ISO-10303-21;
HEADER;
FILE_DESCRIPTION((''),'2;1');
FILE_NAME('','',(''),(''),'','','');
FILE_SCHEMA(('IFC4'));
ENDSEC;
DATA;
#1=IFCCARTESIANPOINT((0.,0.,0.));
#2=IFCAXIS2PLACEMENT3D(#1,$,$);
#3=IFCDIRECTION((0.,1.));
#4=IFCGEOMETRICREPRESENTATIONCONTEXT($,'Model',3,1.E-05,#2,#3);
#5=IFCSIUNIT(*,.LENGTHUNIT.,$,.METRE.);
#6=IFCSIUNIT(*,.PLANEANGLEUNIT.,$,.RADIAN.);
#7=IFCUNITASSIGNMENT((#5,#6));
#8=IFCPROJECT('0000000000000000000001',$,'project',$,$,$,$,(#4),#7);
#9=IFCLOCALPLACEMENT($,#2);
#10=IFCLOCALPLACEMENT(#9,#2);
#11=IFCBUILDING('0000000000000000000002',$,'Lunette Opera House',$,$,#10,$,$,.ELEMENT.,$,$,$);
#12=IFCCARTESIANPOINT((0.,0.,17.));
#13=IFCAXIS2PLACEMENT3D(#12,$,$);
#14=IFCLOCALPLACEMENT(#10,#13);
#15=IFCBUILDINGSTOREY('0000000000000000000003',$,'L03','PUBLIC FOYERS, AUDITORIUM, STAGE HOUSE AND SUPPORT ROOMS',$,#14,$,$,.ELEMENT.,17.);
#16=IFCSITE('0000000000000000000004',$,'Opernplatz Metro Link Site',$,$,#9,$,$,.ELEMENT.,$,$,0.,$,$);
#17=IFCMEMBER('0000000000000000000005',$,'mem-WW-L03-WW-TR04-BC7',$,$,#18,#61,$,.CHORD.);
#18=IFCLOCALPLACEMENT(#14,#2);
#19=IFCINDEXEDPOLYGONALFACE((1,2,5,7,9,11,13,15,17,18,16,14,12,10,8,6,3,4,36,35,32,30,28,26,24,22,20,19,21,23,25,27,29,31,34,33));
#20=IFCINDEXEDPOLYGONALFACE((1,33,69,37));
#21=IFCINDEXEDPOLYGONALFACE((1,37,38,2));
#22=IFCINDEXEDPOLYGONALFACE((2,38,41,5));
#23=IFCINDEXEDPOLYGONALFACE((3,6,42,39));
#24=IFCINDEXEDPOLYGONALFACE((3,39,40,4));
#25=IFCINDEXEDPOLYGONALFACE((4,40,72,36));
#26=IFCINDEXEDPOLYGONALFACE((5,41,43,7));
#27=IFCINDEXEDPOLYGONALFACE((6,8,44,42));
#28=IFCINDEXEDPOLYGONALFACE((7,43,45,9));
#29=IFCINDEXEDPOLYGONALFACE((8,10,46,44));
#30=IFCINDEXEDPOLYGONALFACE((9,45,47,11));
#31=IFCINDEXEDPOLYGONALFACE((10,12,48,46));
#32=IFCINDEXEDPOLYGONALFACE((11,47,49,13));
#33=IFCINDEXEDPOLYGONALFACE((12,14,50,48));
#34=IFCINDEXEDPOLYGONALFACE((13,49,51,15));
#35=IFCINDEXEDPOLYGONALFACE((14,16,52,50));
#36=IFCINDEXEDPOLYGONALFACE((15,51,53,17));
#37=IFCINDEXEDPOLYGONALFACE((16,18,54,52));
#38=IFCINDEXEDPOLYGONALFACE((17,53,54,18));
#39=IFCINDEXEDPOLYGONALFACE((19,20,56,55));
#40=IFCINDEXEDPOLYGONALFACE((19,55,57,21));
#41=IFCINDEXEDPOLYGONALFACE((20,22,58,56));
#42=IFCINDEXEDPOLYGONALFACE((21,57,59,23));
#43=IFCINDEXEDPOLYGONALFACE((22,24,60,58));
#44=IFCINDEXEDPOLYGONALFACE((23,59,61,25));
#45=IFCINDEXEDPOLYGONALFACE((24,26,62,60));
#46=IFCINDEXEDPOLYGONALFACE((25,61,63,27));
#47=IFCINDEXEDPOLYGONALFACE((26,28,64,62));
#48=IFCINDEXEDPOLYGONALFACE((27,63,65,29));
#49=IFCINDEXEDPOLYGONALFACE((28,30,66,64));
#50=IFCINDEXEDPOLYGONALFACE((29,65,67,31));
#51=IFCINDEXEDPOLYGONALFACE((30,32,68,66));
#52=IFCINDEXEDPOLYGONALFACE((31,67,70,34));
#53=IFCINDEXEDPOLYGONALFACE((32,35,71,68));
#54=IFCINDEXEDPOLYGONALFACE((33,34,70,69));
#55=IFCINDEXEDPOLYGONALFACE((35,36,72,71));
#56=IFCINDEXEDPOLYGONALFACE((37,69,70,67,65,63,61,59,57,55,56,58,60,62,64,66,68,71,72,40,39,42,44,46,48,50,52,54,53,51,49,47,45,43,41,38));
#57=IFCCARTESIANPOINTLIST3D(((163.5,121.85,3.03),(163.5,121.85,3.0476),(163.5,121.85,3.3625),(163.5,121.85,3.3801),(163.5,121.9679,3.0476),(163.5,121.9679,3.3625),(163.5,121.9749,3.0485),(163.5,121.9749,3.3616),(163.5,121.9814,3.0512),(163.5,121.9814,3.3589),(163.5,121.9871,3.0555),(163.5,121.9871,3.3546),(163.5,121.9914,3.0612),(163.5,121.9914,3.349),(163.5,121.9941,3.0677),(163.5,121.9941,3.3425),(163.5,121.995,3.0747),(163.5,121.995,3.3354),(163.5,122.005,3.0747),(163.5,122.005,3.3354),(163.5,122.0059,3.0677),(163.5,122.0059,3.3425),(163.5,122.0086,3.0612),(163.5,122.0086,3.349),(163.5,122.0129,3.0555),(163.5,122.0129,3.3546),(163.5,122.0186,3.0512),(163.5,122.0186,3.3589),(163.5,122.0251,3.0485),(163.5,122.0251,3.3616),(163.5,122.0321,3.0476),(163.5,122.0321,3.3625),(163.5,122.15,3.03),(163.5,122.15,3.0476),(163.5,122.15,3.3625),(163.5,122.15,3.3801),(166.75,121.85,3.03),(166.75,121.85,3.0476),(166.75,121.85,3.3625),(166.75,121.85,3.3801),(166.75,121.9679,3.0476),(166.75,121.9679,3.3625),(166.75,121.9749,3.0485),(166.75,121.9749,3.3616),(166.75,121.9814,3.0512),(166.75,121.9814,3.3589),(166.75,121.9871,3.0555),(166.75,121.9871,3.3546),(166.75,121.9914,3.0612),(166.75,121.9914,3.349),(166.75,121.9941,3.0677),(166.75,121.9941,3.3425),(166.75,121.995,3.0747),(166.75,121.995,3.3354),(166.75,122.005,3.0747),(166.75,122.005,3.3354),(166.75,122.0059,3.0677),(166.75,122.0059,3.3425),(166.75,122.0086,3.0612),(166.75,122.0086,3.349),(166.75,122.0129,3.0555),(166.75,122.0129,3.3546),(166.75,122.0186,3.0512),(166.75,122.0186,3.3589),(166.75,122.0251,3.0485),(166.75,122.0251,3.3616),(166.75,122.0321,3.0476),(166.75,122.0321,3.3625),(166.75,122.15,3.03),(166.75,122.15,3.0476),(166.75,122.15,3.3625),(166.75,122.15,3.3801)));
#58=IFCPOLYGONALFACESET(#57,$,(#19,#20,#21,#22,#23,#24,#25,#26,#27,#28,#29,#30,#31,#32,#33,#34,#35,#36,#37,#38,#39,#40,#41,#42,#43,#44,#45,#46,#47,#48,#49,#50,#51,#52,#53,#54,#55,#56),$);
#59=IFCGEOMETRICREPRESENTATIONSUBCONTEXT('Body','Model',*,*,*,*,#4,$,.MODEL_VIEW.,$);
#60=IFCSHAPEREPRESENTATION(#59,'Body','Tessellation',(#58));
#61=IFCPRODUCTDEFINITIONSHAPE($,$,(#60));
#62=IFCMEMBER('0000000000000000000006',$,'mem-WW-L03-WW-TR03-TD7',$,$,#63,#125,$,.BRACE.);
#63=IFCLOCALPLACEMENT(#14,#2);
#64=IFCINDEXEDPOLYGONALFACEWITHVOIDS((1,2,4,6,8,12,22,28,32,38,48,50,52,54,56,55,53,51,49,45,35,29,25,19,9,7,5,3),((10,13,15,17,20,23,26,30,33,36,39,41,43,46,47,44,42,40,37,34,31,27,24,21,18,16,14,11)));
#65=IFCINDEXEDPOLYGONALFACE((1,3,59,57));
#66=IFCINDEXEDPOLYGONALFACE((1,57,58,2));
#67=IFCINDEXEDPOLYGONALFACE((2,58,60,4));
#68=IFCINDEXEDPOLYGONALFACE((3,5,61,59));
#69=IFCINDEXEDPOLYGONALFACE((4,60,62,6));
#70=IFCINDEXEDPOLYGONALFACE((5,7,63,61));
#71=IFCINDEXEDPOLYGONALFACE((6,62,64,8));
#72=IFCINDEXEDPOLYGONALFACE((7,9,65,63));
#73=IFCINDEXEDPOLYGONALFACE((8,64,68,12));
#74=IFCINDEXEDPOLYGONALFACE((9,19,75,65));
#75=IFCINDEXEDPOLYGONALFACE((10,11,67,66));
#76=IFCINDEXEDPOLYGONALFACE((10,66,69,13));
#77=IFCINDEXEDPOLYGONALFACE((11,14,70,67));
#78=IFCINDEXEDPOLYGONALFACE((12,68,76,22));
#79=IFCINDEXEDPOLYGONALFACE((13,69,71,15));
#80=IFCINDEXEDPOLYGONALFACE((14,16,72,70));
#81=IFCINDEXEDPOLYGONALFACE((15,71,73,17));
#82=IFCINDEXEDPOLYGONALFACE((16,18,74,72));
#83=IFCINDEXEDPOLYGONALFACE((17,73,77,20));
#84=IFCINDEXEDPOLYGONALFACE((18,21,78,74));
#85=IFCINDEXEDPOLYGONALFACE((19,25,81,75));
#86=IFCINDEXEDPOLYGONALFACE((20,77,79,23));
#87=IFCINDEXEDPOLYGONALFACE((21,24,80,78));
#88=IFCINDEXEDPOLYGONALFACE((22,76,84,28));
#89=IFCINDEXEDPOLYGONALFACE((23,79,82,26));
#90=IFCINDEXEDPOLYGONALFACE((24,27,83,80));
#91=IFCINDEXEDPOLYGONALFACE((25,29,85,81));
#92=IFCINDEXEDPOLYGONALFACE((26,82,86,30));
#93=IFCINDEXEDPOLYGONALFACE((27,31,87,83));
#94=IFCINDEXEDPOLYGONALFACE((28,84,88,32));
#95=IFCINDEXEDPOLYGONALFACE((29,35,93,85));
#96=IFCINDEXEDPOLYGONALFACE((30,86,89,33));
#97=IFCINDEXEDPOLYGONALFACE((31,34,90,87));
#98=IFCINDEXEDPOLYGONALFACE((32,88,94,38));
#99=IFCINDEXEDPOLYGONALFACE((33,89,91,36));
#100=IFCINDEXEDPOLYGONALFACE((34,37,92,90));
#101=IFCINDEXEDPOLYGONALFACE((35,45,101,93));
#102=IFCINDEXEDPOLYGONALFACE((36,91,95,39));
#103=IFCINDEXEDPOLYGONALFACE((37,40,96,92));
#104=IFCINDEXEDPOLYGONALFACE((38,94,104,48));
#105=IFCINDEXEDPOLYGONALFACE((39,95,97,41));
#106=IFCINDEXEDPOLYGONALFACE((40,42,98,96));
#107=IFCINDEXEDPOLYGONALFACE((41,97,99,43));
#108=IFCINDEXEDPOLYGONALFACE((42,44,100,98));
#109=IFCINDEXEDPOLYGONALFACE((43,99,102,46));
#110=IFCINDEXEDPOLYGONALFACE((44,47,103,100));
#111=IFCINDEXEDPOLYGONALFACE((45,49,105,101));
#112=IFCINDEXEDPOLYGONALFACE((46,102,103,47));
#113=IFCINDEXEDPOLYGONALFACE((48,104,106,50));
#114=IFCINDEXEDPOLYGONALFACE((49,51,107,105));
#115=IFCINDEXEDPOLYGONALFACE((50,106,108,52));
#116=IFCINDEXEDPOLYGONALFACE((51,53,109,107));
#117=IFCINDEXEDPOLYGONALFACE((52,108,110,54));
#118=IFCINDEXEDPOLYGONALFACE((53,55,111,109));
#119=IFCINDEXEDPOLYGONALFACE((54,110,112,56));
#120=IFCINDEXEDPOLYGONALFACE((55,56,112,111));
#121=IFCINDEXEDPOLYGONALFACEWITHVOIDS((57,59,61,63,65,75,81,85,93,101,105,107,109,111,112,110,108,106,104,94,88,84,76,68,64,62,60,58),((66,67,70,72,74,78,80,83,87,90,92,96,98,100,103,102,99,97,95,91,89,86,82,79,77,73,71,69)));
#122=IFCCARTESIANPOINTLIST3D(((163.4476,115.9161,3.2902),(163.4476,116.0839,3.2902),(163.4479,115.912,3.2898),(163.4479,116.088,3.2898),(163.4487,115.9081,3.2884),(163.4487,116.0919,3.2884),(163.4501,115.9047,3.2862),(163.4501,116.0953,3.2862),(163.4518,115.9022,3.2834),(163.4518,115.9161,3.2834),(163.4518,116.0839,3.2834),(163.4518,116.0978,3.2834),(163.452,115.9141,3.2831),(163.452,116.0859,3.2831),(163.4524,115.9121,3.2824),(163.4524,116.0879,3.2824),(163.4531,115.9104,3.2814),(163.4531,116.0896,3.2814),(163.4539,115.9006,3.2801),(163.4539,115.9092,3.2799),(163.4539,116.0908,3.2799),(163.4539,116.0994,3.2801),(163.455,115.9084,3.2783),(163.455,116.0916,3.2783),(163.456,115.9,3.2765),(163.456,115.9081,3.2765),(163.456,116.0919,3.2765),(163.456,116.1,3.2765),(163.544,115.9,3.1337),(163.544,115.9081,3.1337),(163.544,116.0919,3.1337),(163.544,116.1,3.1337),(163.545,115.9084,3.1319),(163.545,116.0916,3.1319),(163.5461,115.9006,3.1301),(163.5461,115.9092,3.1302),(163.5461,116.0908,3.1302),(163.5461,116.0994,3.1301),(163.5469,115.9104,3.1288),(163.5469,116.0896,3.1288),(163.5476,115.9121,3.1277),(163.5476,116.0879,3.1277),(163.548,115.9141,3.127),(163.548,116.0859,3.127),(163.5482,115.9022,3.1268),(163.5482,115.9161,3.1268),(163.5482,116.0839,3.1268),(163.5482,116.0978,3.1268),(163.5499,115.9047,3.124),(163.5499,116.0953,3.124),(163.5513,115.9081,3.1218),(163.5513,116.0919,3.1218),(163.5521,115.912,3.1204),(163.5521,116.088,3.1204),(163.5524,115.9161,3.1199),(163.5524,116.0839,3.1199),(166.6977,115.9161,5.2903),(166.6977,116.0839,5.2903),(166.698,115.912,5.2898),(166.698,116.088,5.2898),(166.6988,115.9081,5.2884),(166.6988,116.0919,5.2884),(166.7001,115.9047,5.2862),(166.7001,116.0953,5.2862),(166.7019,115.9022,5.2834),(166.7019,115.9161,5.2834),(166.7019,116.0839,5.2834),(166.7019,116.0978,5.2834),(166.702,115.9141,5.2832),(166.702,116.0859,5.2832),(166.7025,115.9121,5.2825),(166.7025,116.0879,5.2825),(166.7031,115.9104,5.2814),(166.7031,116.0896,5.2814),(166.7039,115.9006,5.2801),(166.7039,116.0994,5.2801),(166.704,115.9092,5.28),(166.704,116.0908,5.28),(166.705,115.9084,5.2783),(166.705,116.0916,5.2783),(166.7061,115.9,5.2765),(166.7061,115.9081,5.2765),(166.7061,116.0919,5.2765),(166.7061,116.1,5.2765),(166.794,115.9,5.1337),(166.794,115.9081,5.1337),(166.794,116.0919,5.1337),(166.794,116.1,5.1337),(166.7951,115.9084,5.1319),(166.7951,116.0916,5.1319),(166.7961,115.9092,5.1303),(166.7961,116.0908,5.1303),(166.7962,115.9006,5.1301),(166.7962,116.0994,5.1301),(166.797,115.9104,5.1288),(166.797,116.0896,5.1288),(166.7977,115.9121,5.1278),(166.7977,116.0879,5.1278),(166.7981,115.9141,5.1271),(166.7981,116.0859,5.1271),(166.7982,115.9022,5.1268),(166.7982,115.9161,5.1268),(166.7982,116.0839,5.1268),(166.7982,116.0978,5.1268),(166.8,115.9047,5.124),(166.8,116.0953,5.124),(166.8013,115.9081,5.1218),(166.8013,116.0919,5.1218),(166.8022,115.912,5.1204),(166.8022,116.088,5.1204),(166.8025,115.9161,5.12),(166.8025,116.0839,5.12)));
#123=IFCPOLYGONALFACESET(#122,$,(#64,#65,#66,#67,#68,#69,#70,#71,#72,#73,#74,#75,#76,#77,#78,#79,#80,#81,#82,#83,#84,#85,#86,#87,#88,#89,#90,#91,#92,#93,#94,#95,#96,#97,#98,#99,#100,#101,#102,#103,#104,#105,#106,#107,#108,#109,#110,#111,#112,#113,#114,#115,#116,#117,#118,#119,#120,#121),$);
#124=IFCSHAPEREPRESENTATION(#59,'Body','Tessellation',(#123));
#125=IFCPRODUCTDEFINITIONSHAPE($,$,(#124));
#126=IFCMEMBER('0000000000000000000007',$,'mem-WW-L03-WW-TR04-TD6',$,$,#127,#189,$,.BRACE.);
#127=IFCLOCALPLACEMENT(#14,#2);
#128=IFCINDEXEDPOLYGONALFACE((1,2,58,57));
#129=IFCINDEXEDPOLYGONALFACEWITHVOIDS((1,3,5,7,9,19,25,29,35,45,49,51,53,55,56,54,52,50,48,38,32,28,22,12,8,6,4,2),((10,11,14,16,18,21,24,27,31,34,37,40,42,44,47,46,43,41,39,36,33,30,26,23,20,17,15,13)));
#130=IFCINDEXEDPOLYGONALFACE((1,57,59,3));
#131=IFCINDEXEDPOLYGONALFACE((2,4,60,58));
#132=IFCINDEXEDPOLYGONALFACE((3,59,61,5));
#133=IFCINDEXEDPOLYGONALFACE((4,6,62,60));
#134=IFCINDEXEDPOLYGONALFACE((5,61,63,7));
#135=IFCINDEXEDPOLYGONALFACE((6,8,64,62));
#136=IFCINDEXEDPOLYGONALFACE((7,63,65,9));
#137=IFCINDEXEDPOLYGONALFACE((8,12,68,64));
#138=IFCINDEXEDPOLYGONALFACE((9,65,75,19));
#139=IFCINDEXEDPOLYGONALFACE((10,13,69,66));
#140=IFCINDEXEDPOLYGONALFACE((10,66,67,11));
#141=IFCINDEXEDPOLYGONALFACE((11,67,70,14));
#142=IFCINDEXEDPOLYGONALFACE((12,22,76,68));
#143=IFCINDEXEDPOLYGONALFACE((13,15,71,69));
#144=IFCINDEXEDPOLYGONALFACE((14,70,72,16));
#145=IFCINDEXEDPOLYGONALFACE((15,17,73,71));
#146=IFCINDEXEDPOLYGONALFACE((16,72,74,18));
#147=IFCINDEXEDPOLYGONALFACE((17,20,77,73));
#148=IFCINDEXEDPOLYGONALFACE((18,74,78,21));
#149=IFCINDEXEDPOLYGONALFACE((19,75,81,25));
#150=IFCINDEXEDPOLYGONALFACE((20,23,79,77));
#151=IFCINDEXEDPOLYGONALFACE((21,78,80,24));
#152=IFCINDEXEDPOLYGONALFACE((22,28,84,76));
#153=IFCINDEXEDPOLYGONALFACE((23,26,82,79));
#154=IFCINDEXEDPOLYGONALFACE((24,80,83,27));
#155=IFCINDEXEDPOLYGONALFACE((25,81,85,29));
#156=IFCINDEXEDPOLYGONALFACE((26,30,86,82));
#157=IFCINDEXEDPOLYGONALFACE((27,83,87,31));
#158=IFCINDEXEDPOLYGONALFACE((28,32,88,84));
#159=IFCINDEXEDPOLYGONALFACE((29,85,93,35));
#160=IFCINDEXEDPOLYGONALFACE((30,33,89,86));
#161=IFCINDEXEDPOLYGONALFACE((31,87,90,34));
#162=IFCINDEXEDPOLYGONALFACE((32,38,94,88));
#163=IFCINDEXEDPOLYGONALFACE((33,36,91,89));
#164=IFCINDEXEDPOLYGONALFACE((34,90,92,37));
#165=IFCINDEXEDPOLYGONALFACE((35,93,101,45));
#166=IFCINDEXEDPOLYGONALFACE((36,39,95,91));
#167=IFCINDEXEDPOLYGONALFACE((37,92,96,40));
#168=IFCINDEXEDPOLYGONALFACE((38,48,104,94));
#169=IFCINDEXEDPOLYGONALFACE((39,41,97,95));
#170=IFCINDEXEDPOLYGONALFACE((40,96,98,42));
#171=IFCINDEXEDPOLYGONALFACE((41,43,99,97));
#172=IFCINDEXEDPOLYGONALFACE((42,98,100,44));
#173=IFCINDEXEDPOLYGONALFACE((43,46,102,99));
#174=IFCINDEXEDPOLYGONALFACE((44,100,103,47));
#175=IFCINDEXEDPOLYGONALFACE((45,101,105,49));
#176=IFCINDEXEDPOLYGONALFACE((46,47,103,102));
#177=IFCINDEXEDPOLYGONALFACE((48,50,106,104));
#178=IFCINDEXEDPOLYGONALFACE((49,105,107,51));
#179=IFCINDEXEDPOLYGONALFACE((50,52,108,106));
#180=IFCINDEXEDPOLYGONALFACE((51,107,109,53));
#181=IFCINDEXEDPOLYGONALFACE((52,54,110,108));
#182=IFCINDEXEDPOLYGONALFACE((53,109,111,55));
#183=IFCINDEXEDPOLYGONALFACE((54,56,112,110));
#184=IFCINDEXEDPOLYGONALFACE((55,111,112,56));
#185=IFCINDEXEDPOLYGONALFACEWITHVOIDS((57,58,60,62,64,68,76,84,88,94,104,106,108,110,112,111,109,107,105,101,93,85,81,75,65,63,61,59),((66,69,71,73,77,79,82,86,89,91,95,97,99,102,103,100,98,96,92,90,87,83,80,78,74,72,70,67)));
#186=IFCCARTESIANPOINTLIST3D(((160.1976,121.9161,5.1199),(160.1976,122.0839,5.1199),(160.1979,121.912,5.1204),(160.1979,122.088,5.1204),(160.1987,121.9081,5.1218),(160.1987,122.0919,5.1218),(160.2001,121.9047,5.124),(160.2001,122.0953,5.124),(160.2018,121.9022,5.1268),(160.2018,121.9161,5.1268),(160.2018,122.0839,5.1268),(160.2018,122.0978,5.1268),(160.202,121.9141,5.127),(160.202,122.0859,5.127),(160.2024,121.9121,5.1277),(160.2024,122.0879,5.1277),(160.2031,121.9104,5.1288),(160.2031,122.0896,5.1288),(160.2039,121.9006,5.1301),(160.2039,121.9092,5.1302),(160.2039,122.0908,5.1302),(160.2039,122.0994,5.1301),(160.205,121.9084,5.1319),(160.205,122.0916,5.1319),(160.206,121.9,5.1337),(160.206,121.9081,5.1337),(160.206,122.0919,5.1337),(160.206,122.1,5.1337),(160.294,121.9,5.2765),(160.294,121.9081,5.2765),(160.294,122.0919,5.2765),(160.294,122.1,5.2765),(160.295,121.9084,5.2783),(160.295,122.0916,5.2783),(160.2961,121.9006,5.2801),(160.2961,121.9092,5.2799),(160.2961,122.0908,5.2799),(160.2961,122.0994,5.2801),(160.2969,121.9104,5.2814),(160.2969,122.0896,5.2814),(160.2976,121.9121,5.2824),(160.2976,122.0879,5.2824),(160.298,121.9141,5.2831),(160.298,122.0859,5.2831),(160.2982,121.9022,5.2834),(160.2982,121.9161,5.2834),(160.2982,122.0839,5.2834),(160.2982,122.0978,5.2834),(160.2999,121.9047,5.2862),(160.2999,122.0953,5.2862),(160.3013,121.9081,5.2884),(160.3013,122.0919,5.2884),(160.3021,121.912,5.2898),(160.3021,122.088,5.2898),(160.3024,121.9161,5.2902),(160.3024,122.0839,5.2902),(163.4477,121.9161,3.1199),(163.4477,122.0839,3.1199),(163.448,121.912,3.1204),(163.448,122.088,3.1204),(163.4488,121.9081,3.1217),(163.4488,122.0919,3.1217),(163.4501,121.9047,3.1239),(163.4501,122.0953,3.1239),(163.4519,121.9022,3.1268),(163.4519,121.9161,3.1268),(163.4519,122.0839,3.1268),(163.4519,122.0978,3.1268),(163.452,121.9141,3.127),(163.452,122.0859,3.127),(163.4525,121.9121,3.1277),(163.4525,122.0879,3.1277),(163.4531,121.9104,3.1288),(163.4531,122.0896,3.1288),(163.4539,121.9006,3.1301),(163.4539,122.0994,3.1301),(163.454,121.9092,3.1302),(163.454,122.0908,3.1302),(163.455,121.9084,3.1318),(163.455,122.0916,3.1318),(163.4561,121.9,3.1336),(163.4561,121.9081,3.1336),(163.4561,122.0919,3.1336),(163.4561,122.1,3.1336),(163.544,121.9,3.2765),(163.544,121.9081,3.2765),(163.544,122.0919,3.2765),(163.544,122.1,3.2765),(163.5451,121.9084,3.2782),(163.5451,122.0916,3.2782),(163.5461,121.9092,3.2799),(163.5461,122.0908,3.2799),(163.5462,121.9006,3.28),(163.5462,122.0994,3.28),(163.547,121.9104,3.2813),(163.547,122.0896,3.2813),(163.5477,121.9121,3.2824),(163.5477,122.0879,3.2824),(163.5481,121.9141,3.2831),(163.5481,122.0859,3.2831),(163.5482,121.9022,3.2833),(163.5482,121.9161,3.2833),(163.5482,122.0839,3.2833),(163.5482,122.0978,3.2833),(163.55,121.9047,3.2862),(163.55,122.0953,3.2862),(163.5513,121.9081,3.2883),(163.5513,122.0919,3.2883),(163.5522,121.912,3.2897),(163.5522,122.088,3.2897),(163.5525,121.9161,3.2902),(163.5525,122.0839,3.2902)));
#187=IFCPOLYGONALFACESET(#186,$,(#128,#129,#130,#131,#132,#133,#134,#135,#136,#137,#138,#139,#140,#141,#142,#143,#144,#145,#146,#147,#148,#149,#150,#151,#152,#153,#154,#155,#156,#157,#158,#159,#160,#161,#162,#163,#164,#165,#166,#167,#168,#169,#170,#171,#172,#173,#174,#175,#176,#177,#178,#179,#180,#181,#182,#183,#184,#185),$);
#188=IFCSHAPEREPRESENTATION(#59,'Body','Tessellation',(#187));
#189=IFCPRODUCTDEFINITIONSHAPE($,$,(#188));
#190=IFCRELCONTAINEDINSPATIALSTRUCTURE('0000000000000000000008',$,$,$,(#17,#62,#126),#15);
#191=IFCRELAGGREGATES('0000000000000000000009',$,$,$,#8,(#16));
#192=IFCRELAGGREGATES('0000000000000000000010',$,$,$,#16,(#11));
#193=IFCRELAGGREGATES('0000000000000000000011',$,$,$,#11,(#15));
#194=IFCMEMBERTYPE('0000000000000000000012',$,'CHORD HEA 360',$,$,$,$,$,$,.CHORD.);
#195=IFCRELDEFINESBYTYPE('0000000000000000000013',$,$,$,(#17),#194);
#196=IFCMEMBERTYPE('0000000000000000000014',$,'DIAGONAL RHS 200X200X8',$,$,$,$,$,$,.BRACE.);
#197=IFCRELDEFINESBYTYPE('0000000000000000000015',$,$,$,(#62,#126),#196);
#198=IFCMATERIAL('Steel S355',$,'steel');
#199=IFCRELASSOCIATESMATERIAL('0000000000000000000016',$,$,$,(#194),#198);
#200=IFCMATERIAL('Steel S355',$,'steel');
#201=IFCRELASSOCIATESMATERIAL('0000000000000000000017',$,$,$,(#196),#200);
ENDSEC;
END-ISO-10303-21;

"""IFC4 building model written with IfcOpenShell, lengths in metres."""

from ifc_helpers import new_model, si_unit, direction, frame, origin, origin_2d, place, context, subcontext, project, spatial, hollow_rectangle, i_section, extrude, material, material_profile, profile_set, type_object, element, save


model = new_model("IFC4")

# Units and contexts
model_context = context("Model", 3, precision=1e-05, world=origin(), true_north=direction((0.0, 1.0)))
body_context = subcontext(model_context, "Body", "Model", "MODEL_VIEW")
ifc_project = project(units=[si_unit("LENGTHUNIT", "METRE"), si_unit("PLANEANGLEUNIT", "RADIAN")], contexts=[model_context])

# Site, building, storey
site_placement = place(None, origin())
site = spatial("IfcSite", under=ifc_project, at=site_placement, Name="Opernplatz Metro Link Site", CompositionType="ELEMENT", RefElevation=0.0)
building_placement = place(site_placement, origin())
building = spatial("IfcBuilding", under=site, at=building_placement, Name="Lunette Opera House", CompositionType="ELEMENT")
storey_placement = place(building_placement, frame((0.0, 0.0, 17.0)))
storey = spatial("IfcBuildingStorey", under=building, at=storey_placement, Name="L03", Description="PUBLIC FOYERS, AUDITORIUM, STAGE HOUSE AND SUPPORT ROOMS", CompositionType="ELEMENT", Elevation=17.0)

# Members
ifc_material_1 = material(Name="Steel S355", Category="steel")
ifc_material_profile_1 = material_profile(ifc_material_1, i_section(OverallWidth=0.3, OverallDepth=0.3501, WebThickness=0.01, FlangeThickness=0.0176, FilletRadius=0.0271, at=origin_2d()), Name="HEA 360")
ifc_profile_set_1 = profile_set([ifc_material_profile_1], Name="Steel S355")
member_type_1 = type_object("IfcMemberType", Name="CHORD HEA 360", PredefinedType="CHORD", material=ifc_profile_set_1)
for number, where, z_axis, x_axis, name in (
    (1, (163.5, 122.0, 3.2051), (1.0, 0.0, 0.0), (0.0, 1.0, 0.0), "mem-WW-L03-WW-TR04-BC7"),
):
    element("IfcMember", number, at=place(storey_placement, frame(where, z_axis=z_axis, x_axis=x_axis)), inside=storey, type_object=member_type_1, Name=name, PredefinedType="CHORD", context=body_context, shape_type="SweptSolid", body=[
        extrude(i_section(OverallWidth=0.3, OverallDepth=0.3501, WebThickness=0.01, FlangeThickness=0.0176, FilletRadius=0.0271, at=origin_2d()), origin(), (0.0, 0.0, 1.0), 3.25),
    ])
ifc_material_2 = material(Name="Steel S355", Category="steel")
ifc_material_profile_2 = material_profile(ifc_material_2, hollow_rectangle(XDim=0.2, YDim=0.2, WallThickness=0.0081, InnerFilletRadius=0.0081, OuterFilletRadius=0.0161, at=origin_2d()), Name="RHS 200X200X8")
ifc_profile_set_2 = profile_set([ifc_material_profile_2], Name="Steel S355")
member_type_2 = type_object("IfcMemberType", Name="DIAGONAL RHS 200X200X8", PredefinedType="BRACE", material=ifc_profile_set_2)
for number, where, z_axis, x_axis, name in (
    (2, (163.5, 116.0, 3.2051), (0.851658, 0.0, 0.524097), (0.0, 1.0, 0.0), "mem-WW-L03-WW-TR03-TD7"),
    (3, (160.25, 122.0, 5.2051), (0.851658, 0.0, -0.524097), (0.0, 1.0, 0.0), "mem-WW-L03-WW-TR04-TD6"),
):
    element("IfcMember", number, at=place(storey_placement, frame(where, z_axis=z_axis, x_axis=x_axis)), inside=storey, type_object=member_type_2, Name=name, PredefinedType="BRACE", context=body_context, shape_type="SweptSolid", body=[
        extrude(hollow_rectangle(XDim=0.2, YDim=0.2, WallThickness=0.0081, InnerFilletRadius=0.0081, OuterFilletRadius=0.0161, at=origin_2d()), origin(), (0.0, 0.0, 1.0), 3.8162),
    ])

save(model, "model.ifc")
